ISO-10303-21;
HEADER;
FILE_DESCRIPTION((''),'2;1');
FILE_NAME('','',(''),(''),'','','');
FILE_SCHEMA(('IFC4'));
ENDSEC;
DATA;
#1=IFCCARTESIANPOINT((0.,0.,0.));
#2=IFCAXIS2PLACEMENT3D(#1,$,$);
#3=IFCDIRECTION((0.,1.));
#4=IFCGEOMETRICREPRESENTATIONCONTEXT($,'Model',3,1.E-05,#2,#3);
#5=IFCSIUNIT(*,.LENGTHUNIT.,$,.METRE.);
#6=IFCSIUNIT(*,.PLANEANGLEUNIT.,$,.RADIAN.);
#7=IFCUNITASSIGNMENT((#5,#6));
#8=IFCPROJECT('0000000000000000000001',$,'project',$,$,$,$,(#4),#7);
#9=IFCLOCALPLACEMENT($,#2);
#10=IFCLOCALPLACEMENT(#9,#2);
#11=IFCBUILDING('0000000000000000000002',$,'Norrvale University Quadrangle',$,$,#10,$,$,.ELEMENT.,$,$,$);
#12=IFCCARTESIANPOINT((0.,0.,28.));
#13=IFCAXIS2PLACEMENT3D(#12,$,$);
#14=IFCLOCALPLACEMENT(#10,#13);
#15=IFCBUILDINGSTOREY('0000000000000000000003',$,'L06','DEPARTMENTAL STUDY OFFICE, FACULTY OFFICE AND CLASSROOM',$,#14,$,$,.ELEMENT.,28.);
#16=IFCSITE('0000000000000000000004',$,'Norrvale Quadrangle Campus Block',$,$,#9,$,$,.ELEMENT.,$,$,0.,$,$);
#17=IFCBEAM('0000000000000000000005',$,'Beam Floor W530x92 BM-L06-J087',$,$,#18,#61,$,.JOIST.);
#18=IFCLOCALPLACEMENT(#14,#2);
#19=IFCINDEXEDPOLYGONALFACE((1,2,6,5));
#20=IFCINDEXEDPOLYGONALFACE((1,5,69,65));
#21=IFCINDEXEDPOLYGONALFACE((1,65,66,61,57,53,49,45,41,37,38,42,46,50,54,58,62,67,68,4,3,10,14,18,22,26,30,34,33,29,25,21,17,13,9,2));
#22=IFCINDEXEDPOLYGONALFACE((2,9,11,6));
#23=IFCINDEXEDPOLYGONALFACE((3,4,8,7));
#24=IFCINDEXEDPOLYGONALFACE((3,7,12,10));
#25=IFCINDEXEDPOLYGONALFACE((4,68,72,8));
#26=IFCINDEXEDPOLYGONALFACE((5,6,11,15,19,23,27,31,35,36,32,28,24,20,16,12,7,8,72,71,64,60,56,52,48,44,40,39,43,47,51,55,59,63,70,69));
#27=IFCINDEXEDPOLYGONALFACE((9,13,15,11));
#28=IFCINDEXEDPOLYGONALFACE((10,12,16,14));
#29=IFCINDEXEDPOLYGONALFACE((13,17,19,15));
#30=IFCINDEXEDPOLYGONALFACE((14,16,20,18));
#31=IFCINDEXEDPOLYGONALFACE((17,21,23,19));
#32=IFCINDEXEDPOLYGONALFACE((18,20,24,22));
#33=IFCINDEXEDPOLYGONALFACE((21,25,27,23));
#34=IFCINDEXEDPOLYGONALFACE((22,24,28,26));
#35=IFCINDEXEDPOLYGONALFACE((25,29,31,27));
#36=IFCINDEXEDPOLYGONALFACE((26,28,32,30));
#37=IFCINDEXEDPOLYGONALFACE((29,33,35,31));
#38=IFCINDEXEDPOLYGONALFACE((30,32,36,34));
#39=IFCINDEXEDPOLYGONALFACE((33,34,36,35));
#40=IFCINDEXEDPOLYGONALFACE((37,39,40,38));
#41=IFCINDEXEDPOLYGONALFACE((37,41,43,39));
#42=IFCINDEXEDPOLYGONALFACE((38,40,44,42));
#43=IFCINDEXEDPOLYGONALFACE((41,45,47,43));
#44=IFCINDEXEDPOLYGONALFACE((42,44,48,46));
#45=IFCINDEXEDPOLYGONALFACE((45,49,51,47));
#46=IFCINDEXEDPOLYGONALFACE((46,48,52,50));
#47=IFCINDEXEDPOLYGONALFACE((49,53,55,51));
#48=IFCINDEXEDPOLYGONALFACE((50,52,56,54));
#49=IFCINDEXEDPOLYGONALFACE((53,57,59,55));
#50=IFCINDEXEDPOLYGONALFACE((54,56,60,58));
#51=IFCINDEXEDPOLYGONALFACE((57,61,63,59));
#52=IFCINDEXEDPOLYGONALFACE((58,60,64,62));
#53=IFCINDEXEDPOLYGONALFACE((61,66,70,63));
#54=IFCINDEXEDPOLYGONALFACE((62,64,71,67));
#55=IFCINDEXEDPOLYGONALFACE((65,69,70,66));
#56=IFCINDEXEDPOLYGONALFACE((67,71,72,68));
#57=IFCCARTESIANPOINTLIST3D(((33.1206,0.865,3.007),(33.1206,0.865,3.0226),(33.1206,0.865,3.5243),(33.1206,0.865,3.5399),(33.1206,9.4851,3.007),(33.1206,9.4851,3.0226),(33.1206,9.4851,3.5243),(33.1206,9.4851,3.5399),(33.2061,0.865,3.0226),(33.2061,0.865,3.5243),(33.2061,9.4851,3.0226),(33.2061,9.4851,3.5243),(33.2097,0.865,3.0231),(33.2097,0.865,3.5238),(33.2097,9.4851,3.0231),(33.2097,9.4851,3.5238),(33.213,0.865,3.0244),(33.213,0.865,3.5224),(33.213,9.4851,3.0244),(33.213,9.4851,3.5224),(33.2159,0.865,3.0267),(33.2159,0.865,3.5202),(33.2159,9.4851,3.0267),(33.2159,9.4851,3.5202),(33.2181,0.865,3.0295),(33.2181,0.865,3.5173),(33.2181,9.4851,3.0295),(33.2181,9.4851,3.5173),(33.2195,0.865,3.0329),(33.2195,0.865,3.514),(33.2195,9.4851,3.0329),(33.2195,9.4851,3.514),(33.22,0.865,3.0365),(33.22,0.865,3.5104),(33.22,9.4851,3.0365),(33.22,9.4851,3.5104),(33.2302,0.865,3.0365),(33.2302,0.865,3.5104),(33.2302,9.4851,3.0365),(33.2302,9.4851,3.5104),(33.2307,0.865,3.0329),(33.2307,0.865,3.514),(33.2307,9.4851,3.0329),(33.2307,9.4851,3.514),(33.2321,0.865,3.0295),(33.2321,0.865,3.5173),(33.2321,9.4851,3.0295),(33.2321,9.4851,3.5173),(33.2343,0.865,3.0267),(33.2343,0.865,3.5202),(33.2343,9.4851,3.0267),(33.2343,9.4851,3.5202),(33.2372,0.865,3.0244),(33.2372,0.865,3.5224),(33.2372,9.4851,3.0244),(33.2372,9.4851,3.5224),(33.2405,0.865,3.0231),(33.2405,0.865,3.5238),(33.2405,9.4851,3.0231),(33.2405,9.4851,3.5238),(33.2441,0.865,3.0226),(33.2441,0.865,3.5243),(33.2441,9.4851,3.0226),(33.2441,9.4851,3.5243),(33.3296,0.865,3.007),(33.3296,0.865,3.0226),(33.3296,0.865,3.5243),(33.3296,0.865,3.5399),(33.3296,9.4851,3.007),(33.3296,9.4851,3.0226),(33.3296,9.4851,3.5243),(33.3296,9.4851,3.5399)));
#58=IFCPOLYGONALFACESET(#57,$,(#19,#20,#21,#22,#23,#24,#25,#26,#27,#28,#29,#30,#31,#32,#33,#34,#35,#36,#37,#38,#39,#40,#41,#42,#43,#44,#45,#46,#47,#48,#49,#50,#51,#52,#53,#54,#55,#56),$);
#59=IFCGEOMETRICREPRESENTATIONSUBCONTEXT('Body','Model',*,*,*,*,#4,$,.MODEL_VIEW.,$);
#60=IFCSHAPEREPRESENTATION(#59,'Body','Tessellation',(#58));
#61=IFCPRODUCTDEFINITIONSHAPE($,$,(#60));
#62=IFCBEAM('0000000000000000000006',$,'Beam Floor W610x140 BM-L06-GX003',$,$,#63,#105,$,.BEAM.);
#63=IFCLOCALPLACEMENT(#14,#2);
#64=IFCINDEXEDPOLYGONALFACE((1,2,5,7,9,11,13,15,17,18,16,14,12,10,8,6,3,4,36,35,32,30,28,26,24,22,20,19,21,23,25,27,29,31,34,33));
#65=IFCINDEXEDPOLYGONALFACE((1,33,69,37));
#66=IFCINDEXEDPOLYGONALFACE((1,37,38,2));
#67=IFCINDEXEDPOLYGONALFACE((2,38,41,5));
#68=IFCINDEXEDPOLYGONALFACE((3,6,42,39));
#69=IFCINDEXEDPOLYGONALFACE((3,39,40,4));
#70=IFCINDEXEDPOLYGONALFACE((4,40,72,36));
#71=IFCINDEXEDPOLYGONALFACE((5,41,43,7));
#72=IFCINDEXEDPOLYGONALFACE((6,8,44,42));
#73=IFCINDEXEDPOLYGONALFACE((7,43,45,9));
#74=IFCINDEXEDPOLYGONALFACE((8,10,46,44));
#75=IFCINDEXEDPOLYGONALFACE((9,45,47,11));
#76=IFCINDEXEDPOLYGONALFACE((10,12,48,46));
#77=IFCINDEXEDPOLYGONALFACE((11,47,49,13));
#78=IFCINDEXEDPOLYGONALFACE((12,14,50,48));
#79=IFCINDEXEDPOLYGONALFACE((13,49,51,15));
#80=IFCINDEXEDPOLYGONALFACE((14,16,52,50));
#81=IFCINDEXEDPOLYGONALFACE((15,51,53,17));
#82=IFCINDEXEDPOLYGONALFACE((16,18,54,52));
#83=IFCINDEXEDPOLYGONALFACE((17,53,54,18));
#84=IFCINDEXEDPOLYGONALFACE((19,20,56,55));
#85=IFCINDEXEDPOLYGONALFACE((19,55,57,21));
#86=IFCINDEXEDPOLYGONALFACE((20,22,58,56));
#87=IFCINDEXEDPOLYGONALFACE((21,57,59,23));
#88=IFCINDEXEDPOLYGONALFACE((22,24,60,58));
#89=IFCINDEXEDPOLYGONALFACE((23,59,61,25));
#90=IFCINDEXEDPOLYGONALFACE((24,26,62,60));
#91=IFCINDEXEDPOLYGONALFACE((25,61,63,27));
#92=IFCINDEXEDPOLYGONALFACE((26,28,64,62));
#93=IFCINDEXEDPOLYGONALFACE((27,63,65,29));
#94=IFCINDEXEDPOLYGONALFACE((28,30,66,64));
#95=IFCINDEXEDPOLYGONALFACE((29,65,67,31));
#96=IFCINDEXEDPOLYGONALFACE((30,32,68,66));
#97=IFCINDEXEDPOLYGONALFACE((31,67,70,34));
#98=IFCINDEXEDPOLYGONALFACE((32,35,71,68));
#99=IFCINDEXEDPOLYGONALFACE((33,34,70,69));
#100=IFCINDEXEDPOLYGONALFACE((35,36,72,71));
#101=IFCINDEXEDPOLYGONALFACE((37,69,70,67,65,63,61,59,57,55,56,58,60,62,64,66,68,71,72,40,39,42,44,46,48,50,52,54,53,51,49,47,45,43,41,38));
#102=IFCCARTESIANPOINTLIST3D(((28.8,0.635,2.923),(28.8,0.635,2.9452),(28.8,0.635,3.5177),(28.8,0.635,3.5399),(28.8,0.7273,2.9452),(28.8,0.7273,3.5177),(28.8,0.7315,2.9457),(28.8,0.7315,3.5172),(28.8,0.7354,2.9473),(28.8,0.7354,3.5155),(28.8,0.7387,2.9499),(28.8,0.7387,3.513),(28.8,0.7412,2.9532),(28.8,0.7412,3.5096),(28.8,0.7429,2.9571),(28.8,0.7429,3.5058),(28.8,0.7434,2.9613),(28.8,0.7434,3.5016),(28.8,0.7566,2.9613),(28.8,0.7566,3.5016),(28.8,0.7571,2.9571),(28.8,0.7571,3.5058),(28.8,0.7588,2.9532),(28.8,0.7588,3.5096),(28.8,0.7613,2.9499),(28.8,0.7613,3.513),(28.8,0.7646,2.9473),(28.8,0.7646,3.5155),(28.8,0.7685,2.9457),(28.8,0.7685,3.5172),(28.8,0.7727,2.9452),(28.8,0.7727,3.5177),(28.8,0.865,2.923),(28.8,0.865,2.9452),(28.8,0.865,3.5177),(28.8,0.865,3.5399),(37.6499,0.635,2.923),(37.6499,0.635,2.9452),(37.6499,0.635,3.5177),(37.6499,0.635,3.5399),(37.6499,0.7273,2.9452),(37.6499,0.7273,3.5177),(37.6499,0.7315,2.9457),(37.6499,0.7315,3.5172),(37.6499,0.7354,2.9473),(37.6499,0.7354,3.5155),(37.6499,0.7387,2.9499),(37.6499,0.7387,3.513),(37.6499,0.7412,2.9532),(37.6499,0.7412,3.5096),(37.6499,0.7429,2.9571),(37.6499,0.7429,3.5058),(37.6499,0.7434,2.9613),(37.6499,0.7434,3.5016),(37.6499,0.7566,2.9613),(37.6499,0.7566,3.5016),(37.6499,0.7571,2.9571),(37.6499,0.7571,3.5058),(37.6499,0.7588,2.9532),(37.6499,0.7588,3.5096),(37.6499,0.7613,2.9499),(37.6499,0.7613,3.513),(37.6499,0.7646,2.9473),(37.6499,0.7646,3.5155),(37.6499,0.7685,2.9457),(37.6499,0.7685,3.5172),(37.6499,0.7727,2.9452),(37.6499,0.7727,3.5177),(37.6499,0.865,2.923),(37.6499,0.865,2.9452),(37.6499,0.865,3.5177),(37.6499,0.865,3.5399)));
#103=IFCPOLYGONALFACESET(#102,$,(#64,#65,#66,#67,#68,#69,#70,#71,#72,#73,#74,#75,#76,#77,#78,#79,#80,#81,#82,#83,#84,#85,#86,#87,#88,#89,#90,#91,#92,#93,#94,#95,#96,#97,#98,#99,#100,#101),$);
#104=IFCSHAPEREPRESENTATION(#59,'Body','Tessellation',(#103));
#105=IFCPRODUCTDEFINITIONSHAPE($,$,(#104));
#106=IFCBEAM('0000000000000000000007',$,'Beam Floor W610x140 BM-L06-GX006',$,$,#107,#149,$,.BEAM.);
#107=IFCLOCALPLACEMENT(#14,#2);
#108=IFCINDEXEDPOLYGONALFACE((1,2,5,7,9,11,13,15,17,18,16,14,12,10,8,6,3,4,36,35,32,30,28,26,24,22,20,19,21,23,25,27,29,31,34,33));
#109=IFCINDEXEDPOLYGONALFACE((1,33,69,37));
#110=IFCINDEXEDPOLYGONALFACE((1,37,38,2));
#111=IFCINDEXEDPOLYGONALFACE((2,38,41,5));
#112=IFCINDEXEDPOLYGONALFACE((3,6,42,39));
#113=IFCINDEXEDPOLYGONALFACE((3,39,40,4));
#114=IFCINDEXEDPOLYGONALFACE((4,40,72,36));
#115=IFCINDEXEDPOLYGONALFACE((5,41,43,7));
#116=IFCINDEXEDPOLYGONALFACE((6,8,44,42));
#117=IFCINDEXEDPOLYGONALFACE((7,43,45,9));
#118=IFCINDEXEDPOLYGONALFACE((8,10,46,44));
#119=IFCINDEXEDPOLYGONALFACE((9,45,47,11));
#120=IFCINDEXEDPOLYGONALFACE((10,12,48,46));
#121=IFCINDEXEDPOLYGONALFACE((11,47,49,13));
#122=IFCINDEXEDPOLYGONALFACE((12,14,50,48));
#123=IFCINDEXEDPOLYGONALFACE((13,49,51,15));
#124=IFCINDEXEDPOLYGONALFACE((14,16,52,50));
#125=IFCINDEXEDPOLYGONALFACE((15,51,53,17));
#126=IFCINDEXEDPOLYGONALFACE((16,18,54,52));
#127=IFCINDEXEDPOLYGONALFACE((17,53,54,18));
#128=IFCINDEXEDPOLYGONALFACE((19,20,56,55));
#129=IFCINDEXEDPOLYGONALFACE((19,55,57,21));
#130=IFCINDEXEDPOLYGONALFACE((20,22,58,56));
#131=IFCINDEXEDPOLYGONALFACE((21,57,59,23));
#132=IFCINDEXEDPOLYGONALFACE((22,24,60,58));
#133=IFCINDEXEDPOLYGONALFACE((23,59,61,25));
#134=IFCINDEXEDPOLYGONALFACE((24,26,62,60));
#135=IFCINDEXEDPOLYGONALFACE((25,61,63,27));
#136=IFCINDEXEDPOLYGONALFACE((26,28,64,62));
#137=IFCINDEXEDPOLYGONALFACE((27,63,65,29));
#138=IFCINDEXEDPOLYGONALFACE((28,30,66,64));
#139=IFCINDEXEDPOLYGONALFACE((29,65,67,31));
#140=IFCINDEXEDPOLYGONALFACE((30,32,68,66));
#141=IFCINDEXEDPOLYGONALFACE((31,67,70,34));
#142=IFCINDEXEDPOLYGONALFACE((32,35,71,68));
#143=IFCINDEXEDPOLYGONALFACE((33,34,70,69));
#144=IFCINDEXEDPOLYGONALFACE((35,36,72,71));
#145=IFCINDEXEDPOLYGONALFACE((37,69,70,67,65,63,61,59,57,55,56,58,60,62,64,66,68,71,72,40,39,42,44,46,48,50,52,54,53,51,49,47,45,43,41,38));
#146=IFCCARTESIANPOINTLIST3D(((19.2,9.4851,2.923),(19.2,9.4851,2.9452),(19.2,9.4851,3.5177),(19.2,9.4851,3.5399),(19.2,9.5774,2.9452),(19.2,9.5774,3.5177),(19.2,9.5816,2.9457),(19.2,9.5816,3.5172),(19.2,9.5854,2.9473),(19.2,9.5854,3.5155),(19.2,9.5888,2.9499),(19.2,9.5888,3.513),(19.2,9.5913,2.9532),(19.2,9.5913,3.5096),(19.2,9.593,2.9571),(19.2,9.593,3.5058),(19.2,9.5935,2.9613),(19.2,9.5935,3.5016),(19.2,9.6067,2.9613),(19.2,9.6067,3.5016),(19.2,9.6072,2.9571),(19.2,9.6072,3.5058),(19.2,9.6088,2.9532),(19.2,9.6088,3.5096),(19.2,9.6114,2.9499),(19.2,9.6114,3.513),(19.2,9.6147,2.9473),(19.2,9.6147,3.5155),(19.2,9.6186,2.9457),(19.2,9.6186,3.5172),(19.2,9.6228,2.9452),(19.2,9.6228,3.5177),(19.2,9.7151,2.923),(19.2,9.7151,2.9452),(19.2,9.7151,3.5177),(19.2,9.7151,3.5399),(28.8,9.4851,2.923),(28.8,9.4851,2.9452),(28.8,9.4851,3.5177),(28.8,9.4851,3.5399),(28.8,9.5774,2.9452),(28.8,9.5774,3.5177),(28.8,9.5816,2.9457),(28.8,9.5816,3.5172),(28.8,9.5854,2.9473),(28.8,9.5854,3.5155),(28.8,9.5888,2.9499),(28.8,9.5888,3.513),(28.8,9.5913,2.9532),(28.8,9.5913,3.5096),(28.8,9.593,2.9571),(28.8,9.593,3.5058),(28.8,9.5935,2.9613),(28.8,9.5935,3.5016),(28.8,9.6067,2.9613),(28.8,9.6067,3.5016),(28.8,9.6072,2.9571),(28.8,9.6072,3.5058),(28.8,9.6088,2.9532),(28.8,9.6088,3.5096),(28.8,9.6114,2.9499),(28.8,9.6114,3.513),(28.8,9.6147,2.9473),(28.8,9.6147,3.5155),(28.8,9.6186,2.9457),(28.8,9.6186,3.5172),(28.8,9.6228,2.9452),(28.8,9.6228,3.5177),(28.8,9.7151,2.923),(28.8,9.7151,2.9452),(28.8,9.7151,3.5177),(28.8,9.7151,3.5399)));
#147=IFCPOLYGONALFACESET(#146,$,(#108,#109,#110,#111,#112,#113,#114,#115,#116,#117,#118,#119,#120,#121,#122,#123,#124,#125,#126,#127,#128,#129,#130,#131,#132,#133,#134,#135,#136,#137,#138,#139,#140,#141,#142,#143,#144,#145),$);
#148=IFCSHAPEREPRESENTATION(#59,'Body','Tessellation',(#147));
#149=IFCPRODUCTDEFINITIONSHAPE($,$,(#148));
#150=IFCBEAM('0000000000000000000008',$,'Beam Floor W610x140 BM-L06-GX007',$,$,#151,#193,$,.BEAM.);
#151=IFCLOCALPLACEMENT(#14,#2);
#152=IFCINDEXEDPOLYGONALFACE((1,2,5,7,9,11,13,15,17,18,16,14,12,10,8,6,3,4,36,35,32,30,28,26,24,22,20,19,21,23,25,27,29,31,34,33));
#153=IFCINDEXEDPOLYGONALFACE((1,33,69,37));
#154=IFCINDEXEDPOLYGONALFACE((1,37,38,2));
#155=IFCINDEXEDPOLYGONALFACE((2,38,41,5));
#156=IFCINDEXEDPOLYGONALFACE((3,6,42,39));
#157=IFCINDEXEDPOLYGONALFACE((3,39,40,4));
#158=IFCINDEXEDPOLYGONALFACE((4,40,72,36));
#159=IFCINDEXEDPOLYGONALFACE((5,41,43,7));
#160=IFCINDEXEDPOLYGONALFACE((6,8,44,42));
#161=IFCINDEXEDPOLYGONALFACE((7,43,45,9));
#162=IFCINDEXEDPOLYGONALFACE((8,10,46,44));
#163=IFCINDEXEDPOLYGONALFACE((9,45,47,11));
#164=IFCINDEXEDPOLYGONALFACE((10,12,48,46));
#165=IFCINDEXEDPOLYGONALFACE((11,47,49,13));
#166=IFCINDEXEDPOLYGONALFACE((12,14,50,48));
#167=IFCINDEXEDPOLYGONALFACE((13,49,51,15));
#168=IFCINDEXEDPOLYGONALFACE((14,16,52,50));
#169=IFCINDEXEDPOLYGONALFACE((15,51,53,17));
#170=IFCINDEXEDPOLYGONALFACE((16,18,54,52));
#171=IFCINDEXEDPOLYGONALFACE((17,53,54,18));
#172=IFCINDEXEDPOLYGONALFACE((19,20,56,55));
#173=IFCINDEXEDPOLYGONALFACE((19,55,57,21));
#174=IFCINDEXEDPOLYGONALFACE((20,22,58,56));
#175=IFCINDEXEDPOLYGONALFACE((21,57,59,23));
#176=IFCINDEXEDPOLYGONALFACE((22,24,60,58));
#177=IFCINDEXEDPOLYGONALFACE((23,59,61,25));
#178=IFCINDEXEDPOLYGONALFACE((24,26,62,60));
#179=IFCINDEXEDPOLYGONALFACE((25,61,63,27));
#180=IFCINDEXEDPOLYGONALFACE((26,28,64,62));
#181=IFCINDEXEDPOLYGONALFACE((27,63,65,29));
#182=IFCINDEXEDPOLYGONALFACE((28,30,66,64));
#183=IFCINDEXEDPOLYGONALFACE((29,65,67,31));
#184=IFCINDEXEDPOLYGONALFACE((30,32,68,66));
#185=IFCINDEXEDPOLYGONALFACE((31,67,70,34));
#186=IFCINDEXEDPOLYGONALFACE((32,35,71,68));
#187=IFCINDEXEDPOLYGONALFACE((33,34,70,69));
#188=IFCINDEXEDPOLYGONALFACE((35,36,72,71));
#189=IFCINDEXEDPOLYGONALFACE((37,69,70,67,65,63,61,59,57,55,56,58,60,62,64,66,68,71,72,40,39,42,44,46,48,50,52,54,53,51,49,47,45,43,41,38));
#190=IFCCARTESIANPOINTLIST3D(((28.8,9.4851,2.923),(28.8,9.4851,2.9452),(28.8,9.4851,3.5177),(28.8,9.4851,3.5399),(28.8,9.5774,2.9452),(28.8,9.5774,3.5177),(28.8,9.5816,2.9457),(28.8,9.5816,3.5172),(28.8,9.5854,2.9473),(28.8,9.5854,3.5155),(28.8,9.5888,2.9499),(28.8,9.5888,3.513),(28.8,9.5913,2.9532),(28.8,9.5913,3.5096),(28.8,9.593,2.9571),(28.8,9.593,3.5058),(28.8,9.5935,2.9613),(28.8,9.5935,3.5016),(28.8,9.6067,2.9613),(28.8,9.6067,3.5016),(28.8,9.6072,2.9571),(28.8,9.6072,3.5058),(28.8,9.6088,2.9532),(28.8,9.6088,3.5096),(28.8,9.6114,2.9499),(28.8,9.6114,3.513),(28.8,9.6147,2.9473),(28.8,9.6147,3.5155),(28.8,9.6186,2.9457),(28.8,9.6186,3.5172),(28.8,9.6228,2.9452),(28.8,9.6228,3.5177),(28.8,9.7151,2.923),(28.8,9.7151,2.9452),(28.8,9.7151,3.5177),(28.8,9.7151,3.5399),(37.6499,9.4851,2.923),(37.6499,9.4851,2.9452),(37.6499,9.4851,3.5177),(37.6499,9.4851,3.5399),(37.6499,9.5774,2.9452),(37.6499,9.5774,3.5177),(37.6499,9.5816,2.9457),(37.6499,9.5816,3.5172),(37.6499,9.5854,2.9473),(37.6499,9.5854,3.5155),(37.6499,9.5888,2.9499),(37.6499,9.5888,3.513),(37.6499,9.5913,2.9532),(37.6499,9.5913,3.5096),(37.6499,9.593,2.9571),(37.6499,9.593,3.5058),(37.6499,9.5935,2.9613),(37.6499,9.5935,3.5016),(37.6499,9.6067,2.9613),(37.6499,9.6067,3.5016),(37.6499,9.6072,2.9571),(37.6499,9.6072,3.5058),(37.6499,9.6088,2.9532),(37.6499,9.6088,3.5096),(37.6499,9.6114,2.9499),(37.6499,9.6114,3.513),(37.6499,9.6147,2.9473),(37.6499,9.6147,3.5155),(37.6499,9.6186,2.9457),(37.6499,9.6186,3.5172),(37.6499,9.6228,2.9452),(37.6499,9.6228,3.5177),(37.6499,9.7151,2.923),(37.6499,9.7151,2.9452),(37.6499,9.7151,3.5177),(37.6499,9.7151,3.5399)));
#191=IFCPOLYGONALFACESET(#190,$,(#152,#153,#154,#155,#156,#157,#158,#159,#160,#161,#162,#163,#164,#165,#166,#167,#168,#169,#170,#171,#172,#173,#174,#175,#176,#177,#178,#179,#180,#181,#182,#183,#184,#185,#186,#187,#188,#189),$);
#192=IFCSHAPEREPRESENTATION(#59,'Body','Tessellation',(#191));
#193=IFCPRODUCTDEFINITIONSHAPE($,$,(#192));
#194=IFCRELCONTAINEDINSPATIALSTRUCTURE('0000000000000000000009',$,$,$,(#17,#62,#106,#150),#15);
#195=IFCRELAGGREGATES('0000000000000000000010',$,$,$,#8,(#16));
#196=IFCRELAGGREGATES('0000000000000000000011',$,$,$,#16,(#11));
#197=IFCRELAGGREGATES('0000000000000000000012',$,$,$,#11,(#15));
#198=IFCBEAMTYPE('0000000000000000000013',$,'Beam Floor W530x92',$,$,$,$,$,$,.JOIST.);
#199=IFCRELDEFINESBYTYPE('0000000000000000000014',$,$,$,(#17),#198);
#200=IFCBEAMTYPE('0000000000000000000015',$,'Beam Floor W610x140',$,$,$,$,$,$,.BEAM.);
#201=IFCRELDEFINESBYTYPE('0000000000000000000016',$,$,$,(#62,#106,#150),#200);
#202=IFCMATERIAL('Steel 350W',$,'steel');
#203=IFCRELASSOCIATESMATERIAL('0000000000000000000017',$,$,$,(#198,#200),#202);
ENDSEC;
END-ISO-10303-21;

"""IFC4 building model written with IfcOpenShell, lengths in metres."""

from ifc_helpers import new_model, si_unit, direction, frame, origin, origin_2d, place, context, subcontext, project, spatial, i_section, extrude, material, material_profile, profile_set, type_object, element, save


model = new_model("IFC4")

# Units and contexts
model_context = context("Model", 3, precision=1e-05, world=origin(), true_north=direction((0.0, 1.0)))
body_context = subcontext(model_context, "Body", "Model", "MODEL_VIEW")
ifc_project = project(units=[si_unit("LENGTHUNIT", "METRE"), si_unit("PLANEANGLEUNIT", "RADIAN")], contexts=[model_context])

# Site, building, storey
site_placement = place(None, origin())
site = spatial("IfcSite", under=ifc_project, at=site_placement, Name="Norrvale Quadrangle Campus Block", CompositionType="ELEMENT", RefElevation=0.0)
building_placement = place(site_placement, origin())
building = spatial("IfcBuilding", under=site, at=building_placement, Name="Norrvale University Quadrangle", CompositionType="ELEMENT")
storey_placement = place(building_placement, frame((0.0, 0.0, 28.0)))
storey = spatial("IfcBuildingStorey", under=building, at=storey_placement, Name="L06", Description="DEPARTMENTAL STUDY OFFICE, FACULTY OFFICE AND CLASSROOM", CompositionType="ELEMENT", Elevation=28.0)

# Beams
ifc_material_1 = material(Name="Steel 350W", Category="steel")
ifc_material_profile_1 = material_profile(ifc_material_1, i_section(OverallWidth=0.209, OverallDepth=0.533, WebThickness=0.0103, FlangeThickness=0.0156, FilletRadius=0.0139, at=origin_2d()), Name="Steel 350W")
ifc_profile_set_1 = profile_set([ifc_material_profile_1], Name="Steel 350W")
beam_type_1 = type_object("IfcBeamType", Name="Beam Floor W530x92", PredefinedType="JOIST", material=ifc_profile_set_1)
beam_1_placement = place(storey_placement, frame((33.2251, 0.865, 3.2734), z_axis=(0.0, 1.0, 0.0), x_axis=(-1.0, 0.0, 0.0)))
element("IfcBeam", 1, at=beam_1_placement, inside=storey, type_object=beam_type_1, Name="Beam Floor W530x92 BM-L06-J087", PredefinedType="JOIST", context=body_context, shape_type="SweptSolid", body=[
    extrude(i_section(OverallWidth=0.209, OverallDepth=0.533, WebThickness=0.0103, FlangeThickness=0.0156, FilletRadius=0.0139, at=origin_2d()), origin(), (0.0, 0.0, 1.0), 8.6201),
])
ifc_material_profile_2 = material_profile(ifc_material_1, i_section(OverallWidth=0.23, OverallDepth=0.6169, WebThickness=0.0132, FlangeThickness=0.0222, FilletRadius=0.0161, at=origin_2d()), Name="Steel 350W")
ifc_profile_set_2 = profile_set([ifc_material_profile_2], Name="Steel 350W")
beam_type_2 = type_object("IfcBeamType", Name="Beam Floor W610x140", PredefinedType="BEAM", material=ifc_profile_set_2)
beam_2_placement = place(storey_placement, frame((28.8, 0.75, 3.2314), z_axis=(1.0, 0.0, 0.0), x_axis=(0.0, 1.0, 0.0)))
element("IfcBeam", 2, at=beam_2_placement, inside=storey, type_object=beam_type_2, Name="Beam Floor W610x140 BM-L06-GX003", PredefinedType="BEAM", context=body_context, shape_type="SweptSolid", body=[
    extrude(i_section(OverallWidth=0.23, OverallDepth=0.6169, WebThickness=0.0132, FlangeThickness=0.0222, FilletRadius=0.0161, at=origin_2d()), origin(), (0.0, 0.0, 1.0), 8.8499),
])
beam_3_placement = place(storey_placement, frame((19.2, 9.6001, 3.2314), z_axis=(1.0, 0.0, 0.0), x_axis=(0.0, 1.0, 0.0)))
element("IfcBeam", 3, at=beam_3_placement, inside=storey, type_object=beam_type_2, Name="Beam Floor W610x140 BM-L06-GX006", PredefinedType="BEAM", context=body_context, shape_type="SweptSolid", body=[
    extrude(i_section(OverallWidth=0.23, OverallDepth=0.6169, WebThickness=0.0132, FlangeThickness=0.0222, FilletRadius=0.0161, at=origin_2d()), origin(), (0.0, 0.0, 1.0), 9.6001),
])
beam_4_placement = place(storey_placement, frame((28.8, 9.6001, 3.2314), z_axis=(1.0, 0.0, 0.0), x_axis=(0.0, 1.0, 0.0)))
element("IfcBeam", 4, at=beam_4_placement, inside=storey, type_object=beam_type_2, Name="Beam Floor W610x140 BM-L06-GX007", PredefinedType="BEAM", context=body_context, shape_type="SweptSolid", body=[
    extrude(i_section(OverallWidth=0.23, OverallDepth=0.6169, WebThickness=0.0132, FlangeThickness=0.0222, FilletRadius=0.0161, at=origin_2d()), origin(), (0.0, 0.0, 1.0), 8.8499),
])

save(model, "model.ifc")
